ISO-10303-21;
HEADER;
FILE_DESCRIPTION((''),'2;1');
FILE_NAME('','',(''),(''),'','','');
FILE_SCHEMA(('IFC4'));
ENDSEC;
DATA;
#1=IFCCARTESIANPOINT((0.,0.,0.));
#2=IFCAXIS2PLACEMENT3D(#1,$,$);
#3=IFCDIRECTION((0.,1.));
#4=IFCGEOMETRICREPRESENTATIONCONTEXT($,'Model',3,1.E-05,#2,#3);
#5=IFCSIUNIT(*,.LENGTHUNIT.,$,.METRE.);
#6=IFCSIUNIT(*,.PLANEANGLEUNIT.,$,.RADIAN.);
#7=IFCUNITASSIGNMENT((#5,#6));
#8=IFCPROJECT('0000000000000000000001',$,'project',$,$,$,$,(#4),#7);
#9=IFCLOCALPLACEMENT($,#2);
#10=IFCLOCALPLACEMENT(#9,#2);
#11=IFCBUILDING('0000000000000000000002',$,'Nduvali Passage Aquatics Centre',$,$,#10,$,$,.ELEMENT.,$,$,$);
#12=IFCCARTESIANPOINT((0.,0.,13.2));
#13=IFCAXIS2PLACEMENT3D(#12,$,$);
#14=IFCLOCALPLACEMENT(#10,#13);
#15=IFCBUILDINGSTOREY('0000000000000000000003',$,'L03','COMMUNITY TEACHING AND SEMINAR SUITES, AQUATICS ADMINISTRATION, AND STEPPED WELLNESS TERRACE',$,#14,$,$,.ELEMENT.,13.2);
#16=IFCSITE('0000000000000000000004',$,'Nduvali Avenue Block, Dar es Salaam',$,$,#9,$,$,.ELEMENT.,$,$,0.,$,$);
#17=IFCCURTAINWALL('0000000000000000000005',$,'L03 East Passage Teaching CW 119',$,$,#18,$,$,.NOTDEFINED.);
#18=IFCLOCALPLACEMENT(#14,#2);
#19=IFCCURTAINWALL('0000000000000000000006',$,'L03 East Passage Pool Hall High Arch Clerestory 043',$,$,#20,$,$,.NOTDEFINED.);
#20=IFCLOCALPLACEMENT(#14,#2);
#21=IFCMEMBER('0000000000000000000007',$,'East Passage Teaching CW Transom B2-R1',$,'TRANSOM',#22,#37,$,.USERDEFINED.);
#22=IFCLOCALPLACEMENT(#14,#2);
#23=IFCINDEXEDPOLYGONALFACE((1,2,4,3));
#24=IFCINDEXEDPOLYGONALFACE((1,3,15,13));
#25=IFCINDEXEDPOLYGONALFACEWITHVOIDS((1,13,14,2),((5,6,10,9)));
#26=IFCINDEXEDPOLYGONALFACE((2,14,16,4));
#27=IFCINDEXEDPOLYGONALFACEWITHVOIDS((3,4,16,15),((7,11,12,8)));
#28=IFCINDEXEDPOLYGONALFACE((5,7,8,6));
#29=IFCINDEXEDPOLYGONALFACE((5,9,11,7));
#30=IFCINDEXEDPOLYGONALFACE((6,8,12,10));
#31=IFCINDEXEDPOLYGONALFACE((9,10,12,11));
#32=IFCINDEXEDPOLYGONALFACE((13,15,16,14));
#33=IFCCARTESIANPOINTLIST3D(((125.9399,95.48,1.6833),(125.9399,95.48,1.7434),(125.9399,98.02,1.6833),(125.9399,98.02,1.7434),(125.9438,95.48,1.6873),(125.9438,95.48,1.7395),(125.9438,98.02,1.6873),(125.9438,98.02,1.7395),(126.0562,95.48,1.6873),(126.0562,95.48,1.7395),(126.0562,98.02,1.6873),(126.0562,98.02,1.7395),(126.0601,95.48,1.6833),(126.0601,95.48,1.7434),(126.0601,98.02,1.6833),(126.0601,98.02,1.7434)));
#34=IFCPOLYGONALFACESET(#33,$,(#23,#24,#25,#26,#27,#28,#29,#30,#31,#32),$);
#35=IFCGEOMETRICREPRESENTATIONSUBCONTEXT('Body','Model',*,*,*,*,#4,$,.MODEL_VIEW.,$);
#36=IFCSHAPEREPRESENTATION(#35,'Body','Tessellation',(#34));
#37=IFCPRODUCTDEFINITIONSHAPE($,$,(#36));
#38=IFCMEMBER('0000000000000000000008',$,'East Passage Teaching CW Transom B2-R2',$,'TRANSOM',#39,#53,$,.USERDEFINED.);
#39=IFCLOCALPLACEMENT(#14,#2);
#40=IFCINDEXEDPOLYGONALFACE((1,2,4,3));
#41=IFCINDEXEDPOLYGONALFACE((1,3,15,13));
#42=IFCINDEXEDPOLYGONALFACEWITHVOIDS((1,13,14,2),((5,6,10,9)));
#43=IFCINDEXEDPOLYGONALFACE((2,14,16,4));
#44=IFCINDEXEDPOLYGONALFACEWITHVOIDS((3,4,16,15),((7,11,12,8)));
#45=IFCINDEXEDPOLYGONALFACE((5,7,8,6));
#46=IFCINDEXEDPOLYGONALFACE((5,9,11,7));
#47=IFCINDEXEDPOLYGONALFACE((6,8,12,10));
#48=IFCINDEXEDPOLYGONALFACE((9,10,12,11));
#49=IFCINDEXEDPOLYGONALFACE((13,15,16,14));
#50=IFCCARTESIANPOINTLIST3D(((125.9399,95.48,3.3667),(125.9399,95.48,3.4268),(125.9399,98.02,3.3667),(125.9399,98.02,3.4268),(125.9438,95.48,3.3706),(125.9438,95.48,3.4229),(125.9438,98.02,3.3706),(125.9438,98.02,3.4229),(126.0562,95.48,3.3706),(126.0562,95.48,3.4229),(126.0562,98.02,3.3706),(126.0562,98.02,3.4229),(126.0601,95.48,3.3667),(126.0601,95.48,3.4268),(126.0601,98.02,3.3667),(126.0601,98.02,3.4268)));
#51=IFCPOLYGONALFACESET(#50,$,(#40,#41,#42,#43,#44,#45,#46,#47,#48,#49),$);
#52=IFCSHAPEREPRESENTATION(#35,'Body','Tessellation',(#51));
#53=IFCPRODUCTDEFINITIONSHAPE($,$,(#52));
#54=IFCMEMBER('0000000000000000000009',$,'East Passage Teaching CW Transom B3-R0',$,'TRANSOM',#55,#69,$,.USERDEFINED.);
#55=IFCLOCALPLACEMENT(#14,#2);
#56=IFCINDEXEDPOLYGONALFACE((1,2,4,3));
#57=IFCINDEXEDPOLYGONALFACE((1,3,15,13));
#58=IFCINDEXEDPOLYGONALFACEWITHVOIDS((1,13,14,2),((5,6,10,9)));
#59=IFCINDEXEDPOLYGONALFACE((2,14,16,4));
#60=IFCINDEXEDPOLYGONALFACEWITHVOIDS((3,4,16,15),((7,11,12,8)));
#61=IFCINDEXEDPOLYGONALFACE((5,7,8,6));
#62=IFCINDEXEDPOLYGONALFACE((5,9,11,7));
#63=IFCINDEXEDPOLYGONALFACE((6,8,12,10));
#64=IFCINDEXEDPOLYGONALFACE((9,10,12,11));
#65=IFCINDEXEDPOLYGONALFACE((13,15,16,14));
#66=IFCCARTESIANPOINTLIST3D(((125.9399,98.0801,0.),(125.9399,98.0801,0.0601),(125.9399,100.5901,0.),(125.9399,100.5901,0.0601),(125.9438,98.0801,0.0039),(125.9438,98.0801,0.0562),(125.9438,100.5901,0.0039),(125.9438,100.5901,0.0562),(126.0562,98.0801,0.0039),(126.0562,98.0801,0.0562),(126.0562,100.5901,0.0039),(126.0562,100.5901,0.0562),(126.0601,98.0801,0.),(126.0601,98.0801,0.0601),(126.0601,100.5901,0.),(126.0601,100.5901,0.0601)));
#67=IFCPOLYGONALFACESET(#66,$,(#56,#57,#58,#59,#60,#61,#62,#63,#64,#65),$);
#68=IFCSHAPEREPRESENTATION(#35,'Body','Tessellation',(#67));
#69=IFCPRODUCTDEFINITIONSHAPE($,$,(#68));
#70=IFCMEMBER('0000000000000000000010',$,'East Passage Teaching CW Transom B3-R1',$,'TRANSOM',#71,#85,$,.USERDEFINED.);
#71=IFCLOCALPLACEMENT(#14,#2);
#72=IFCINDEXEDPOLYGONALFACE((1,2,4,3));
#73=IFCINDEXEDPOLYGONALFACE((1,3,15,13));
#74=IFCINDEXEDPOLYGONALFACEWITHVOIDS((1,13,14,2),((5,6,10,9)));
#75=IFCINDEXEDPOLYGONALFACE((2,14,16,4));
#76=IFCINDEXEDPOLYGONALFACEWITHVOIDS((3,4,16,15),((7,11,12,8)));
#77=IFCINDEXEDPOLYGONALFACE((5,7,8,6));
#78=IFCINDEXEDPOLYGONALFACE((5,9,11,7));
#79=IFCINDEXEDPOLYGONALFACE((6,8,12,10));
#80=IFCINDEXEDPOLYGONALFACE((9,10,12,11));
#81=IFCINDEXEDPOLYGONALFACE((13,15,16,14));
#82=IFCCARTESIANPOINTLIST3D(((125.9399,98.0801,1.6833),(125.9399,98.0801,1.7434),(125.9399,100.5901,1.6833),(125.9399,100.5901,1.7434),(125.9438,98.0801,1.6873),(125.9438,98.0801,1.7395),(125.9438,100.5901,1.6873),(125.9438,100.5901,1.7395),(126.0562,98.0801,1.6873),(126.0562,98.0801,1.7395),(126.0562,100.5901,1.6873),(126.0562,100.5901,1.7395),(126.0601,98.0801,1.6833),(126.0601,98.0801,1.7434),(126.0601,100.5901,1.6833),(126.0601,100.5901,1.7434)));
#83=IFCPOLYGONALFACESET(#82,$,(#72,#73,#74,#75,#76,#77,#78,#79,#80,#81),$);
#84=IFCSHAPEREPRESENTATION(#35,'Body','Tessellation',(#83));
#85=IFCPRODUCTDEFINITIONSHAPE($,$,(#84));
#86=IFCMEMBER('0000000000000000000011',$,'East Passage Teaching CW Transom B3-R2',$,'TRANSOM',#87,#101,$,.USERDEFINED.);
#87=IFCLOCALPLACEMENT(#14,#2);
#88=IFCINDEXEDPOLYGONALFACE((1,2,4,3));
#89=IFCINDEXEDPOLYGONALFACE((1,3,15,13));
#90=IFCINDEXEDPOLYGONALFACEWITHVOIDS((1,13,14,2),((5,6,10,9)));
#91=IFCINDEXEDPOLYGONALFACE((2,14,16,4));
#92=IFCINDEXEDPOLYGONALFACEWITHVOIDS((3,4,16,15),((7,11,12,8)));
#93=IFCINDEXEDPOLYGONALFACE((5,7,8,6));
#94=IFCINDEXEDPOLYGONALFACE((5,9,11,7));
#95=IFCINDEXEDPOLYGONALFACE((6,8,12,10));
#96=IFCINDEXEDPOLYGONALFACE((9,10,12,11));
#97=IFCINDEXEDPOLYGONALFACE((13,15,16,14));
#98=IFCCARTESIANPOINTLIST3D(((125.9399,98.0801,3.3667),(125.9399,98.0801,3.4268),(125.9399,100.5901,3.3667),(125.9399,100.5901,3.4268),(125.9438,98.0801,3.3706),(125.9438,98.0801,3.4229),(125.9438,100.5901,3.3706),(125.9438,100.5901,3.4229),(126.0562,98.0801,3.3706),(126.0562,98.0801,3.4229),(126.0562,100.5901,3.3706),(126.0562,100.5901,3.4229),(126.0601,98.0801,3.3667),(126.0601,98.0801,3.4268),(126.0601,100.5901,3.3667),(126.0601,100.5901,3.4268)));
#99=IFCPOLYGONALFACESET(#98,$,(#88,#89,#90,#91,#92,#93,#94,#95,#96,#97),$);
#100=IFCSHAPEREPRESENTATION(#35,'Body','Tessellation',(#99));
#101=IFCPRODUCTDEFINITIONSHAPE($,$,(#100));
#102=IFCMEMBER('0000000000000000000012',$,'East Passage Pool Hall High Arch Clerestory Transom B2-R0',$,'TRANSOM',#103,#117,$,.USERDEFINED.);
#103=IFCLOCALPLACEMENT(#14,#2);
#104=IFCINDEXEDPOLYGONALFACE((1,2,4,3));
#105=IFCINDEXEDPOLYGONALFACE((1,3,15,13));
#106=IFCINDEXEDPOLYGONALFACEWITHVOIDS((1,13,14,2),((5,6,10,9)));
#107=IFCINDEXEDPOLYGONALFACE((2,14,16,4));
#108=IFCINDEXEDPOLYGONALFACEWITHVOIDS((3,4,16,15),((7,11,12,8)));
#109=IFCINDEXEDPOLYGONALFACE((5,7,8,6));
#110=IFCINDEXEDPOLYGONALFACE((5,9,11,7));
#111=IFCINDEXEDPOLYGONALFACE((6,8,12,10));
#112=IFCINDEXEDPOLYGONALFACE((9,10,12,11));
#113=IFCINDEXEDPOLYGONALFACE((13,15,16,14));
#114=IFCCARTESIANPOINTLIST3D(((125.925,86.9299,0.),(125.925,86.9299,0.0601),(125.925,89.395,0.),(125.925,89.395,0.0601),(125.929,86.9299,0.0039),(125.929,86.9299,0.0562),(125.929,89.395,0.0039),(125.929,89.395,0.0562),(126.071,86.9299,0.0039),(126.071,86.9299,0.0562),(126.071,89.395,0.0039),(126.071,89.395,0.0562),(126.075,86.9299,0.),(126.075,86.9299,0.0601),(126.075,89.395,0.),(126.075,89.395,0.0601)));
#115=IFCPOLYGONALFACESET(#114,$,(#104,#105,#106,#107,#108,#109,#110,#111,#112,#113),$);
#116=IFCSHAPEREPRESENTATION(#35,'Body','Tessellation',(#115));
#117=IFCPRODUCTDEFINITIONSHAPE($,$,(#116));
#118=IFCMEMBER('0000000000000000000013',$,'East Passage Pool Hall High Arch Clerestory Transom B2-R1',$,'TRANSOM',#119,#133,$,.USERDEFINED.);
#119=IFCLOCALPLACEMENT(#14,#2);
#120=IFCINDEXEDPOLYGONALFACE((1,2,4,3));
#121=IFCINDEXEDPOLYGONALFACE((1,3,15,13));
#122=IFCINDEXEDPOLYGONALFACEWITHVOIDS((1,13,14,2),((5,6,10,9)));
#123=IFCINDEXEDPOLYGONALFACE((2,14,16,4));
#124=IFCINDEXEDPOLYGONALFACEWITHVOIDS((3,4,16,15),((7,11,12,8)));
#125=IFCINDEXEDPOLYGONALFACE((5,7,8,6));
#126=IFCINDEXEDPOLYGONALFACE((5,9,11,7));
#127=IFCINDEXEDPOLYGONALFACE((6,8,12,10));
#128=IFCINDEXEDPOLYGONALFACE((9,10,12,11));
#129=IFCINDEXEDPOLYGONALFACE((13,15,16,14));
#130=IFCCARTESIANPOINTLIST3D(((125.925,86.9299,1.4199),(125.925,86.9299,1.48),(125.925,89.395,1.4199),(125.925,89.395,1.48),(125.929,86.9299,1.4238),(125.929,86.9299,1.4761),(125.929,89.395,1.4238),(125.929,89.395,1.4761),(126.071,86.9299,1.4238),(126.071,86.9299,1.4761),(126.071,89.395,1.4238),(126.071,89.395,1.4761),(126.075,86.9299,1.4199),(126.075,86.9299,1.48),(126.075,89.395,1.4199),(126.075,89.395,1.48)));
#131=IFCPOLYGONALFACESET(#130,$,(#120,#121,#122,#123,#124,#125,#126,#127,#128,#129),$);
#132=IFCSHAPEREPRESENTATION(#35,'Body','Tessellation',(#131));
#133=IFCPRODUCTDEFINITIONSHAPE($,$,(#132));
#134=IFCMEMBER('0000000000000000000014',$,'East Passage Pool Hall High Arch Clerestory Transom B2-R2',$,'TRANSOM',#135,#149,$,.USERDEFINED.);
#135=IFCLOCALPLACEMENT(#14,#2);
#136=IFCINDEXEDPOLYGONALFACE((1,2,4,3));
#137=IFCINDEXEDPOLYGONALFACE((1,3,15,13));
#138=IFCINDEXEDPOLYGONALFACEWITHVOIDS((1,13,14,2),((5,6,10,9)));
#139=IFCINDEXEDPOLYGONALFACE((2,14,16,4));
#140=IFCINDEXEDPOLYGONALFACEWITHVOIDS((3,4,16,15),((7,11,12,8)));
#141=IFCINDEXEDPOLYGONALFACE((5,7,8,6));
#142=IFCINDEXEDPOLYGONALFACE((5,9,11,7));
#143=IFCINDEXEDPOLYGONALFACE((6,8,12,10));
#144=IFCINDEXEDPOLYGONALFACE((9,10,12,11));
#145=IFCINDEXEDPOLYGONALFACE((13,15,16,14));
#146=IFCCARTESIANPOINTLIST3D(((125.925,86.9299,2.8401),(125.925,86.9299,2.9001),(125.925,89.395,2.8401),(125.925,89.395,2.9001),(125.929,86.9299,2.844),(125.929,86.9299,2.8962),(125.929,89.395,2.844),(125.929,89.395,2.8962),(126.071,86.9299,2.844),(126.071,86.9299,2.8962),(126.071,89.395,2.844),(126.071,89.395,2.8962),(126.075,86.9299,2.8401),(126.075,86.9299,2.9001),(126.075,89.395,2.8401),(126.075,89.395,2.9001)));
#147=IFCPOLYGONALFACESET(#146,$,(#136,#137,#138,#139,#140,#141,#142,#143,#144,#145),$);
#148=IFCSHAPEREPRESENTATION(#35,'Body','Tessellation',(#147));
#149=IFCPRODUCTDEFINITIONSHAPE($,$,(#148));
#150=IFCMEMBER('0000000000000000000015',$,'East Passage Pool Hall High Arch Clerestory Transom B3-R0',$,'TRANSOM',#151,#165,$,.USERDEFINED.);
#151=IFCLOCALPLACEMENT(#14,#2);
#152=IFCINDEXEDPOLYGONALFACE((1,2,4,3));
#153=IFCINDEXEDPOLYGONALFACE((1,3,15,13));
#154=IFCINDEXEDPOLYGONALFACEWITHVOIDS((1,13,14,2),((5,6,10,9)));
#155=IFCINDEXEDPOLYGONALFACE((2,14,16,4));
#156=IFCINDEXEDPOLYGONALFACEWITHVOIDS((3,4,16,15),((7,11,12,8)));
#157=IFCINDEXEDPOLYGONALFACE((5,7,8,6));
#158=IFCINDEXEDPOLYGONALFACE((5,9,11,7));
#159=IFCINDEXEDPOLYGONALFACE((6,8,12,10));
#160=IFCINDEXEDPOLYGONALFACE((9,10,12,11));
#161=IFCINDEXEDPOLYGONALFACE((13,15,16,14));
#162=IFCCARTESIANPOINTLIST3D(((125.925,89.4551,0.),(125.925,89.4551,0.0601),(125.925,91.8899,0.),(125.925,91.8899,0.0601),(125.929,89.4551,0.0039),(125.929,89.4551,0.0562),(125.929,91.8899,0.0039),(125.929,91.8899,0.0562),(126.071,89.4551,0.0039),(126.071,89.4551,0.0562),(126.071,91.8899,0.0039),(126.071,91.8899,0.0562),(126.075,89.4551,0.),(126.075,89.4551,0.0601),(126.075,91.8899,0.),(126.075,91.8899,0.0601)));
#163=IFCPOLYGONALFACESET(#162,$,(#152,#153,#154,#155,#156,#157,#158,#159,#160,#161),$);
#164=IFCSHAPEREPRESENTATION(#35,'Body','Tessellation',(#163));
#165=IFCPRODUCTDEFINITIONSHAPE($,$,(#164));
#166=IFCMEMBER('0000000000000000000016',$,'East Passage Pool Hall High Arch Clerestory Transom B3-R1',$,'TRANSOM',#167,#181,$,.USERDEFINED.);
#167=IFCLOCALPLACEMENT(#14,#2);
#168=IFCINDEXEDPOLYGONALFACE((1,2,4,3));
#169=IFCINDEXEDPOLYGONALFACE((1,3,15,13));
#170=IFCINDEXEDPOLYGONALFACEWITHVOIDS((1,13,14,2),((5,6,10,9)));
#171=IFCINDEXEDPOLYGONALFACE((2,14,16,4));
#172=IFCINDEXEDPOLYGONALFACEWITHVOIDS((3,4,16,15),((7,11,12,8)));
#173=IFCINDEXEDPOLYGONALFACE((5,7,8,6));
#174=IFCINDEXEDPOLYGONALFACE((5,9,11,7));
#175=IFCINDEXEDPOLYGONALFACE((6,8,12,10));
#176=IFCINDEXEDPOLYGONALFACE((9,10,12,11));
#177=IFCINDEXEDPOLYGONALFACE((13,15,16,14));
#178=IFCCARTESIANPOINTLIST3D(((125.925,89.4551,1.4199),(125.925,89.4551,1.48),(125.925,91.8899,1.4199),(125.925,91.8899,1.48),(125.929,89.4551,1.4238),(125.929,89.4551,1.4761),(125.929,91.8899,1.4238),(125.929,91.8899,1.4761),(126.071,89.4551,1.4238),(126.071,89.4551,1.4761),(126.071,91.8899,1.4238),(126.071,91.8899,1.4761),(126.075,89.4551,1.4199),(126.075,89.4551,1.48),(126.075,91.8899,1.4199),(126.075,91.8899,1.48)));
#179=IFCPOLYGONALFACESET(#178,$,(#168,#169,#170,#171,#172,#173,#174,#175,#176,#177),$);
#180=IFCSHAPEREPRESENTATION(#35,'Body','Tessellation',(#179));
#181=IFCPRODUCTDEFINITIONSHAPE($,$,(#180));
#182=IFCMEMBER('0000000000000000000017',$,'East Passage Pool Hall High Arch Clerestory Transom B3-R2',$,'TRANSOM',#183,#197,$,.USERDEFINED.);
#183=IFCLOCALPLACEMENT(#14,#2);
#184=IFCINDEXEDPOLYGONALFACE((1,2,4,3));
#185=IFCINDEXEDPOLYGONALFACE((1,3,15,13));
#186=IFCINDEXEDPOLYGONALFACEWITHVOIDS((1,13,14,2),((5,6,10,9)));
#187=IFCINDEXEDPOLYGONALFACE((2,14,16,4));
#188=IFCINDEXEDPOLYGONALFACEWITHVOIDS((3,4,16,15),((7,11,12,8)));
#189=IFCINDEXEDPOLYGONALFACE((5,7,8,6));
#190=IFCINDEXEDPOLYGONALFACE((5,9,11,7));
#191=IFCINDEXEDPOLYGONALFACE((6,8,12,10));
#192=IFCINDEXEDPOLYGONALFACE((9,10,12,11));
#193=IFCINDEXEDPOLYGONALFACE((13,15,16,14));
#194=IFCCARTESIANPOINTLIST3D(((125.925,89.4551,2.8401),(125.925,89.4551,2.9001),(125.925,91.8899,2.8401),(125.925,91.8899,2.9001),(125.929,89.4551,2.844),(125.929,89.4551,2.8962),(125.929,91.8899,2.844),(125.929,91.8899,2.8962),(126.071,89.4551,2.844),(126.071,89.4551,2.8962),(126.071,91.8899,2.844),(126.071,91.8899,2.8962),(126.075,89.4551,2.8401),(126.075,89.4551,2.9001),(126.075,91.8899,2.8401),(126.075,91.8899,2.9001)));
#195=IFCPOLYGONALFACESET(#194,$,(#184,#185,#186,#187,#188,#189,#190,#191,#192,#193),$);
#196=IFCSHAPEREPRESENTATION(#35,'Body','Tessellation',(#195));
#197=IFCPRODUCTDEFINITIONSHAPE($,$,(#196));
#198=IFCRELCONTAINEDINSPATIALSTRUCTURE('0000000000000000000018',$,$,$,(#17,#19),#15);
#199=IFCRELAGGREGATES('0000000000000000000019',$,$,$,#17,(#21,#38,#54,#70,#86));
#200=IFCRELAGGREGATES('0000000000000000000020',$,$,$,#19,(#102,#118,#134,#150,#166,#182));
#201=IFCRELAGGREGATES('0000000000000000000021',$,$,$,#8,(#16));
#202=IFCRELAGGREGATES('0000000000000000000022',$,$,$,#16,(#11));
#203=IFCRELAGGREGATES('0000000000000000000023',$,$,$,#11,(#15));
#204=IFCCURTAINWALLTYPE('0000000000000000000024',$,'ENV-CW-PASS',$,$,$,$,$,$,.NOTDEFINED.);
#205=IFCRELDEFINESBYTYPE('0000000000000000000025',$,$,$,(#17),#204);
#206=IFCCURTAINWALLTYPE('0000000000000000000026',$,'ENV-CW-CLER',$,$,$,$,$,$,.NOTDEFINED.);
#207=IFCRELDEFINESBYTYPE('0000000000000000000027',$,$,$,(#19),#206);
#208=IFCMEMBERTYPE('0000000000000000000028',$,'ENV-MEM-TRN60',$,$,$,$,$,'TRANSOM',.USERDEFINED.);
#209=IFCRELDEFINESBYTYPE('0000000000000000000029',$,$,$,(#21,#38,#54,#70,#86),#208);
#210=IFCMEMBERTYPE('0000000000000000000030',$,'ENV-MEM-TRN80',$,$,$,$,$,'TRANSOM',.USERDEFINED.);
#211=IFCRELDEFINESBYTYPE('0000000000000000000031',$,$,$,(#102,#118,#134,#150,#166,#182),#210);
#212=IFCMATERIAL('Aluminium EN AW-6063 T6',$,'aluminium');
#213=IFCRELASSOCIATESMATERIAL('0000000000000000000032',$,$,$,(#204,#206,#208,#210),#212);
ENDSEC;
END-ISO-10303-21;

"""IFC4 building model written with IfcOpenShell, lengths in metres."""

from ifc_helpers import new_model, si_unit, direction, frame, origin, origin_2d, place, context, subcontext, project, spatial, hollow_rectangle, extrude, material, material_profile, profile_set, type_object, element, aggregate, save


model = new_model("IFC4")

# Units and contexts
model_context = context("Model", 3, precision=1e-05, world=origin(), true_north=direction((0.0, 1.0)))
body_context = subcontext(model_context, "Body", "Model", "MODEL_VIEW")
ifc_project = project(units=[si_unit("LENGTHUNIT", "METRE"), si_unit("PLANEANGLEUNIT", "RADIAN")], contexts=[model_context])

# Site, building, storey
site_placement = place(None, origin())
site = spatial("IfcSite", under=ifc_project, at=site_placement, Name="Nduvali Avenue Block, Dar es Salaam", CompositionType="ELEMENT", RefElevation=0.0)
building_placement = place(site_placement, origin())
building = spatial("IfcBuilding", under=site, at=building_placement, Name="Nduvali Passage Aquatics Centre", CompositionType="ELEMENT")
storey_placement = place(building_placement, frame((0.0, 0.0, 13.2)))
storey = spatial("IfcBuildingStorey", under=building, at=storey_placement, Name="L03", Description="COMMUNITY TEACHING AND SEMINAR SUITES, AQUATICS ADMINISTRATION, AND STEPPED WELLNESS TERRACE", CompositionType="ELEMENT", Elevation=13.2)

# Curtain walls
ifc_material_1 = material(Name="Aluminium EN AW-6063 T6", Category="aluminium")
curtain_wall_type_1 = type_object("IfcCurtainWallType", Name="ENV-CW-PASS", PredefinedType="NOTDEFINED", material=ifc_material_1)
curtain_wall_1_placement = place(storey_placement, origin())
curtain_wall_1 = element("IfcCurtainWall", 1, at=curtain_wall_1_placement, inside=storey, type_object=curtain_wall_type_1, Name="L03 East Passage Teaching CW 119", PredefinedType="NOTDEFINED")
curtain_wall_type_2 = type_object("IfcCurtainWallType", Name="ENV-CW-CLER", PredefinedType="NOTDEFINED", material=ifc_material_1)
curtain_wall_2_placement = place(storey_placement, origin())
curtain_wall_2 = element("IfcCurtainWall", 2, at=curtain_wall_2_placement, inside=storey, type_object=curtain_wall_type_2, Name="L03 East Passage Pool Hall High Arch Clerestory 043", PredefinedType="NOTDEFINED")

# Members
ifc_material_profile_1 = material_profile(ifc_material_1, hollow_rectangle(XDim=0.1201, YDim=0.0601, WallThickness=0.0039, at=origin_2d()), Name="ALU TRANSOM 120x60x4")
ifc_profile_set_1 = profile_set([ifc_material_profile_1], Name="Aluminium EN AW-6063 T6")
member_type_1 = type_object("IfcMemberType", Name="ENV-MEM-TRN60", ElementType="TRANSOM", PredefinedType="USERDEFINED", material=ifc_profile_set_1)
member_1_placement = place(storey_placement, frame((126.0, 95.48, 1.7134), z_axis=(0.0, 1.0, 0.0), x_axis=(-1.0, 0.0, 0.0)))
member_1 = element("IfcMember", 3, at=member_1_placement, type_object=member_type_1, Name="East Passage Teaching CW Transom B2-R1", ObjectType="TRANSOM", PredefinedType="USERDEFINED", context=body_context, shape_type="SweptSolid", body=[
    extrude(hollow_rectangle(XDim=0.1201, YDim=0.0601, WallThickness=0.0039, at=origin_2d()), origin(), (0.0, 0.0, 1.0), 2.54),
])
member_2_placement = place(storey_placement, frame((126.0, 95.48, 3.3967), z_axis=(0.0, 1.0, 0.0), x_axis=(-1.0, 0.0, 0.0)))
member_2 = element("IfcMember", 4, at=member_2_placement, type_object=member_type_1, Name="East Passage Teaching CW Transom B2-R2", ObjectType="TRANSOM", PredefinedType="USERDEFINED", context=body_context, shape_type="SweptSolid", body=[
    extrude(hollow_rectangle(XDim=0.1201, YDim=0.0601, WallThickness=0.0039, at=origin_2d()), origin(), (0.0, 0.0, 1.0), 2.54),
])
member_3_placement = place(storey_placement, frame((126.0, 98.0801, 0.03), z_axis=(0.0, 1.0, 0.0), x_axis=(-1.0, 0.0, 0.0)))
member_3 = element("IfcMember", 5, at=member_3_placement, type_object=member_type_1, Name="East Passage Teaching CW Transom B3-R0", ObjectType="TRANSOM", PredefinedType="USERDEFINED", context=body_context, shape_type="SweptSolid", body=[
    extrude(hollow_rectangle(XDim=0.1201, YDim=0.0601, WallThickness=0.0039, at=origin_2d()), origin(), (0.0, 0.0, 1.0), 2.51),
])
member_4_placement = place(storey_placement, frame((126.0, 98.0801, 1.7134), z_axis=(0.0, 1.0, 0.0), x_axis=(-1.0, 0.0, 0.0)))
member_4 = element("IfcMember", 6, at=member_4_placement, type_object=member_type_1, Name="East Passage Teaching CW Transom B3-R1", ObjectType="TRANSOM", PredefinedType="USERDEFINED", context=body_context, shape_type="SweptSolid", body=[
    extrude(hollow_rectangle(XDim=0.1201, YDim=0.0601, WallThickness=0.0039, at=origin_2d()), origin(), (0.0, 0.0, 1.0), 2.51),
])
member_5_placement = place(storey_placement, frame((126.0, 98.0801, 3.3967), z_axis=(0.0, 1.0, 0.0), x_axis=(-1.0, 0.0, 0.0)))
member_5 = element("IfcMember", 7, at=member_5_placement, type_object=member_type_1, Name="East Passage Teaching CW Transom B3-R2", ObjectType="TRANSOM", PredefinedType="USERDEFINED", context=body_context, shape_type="SweptSolid", body=[
    extrude(hollow_rectangle(XDim=0.1201, YDim=0.0601, WallThickness=0.0039, at=origin_2d()), origin(), (0.0, 0.0, 1.0), 2.51),
])
ifc_material_profile_2 = material_profile(ifc_material_1, hollow_rectangle(XDim=0.1499, YDim=0.0601, WallThickness=0.0039, at=origin_2d()), Name="ALU TRANSOM 150x60x4")
ifc_profile_set_2 = profile_set([ifc_material_profile_2], Name="Aluminium EN AW-6063 T6")
member_type_2 = type_object("IfcMemberType", Name="ENV-MEM-TRN80", ElementType="TRANSOM", PredefinedType="USERDEFINED", material=ifc_profile_set_2)
member_6_placement = place(storey_placement, frame((126.0, 86.9299, 0.03), z_axis=(0.0, 1.0, 0.0), x_axis=(-1.0, 0.0, 0.0)))
member_6 = element("IfcMember", 8, at=member_6_placement, type_object=member_type_2, Name="East Passage Pool Hall High Arch Clerestory Transom B2-R0", ObjectType="TRANSOM", PredefinedType="USERDEFINED", context=body_context, shape_type="SweptSolid", body=[
    extrude(hollow_rectangle(XDim=0.1499, YDim=0.0601, WallThickness=0.0039, at=origin_2d()), origin(), (0.0, 0.0, 1.0), 2.4651),
])
member_7_placement = place(storey_placement, frame((126.0, 86.9299, 1.45), z_axis=(0.0, 1.0, 0.0), x_axis=(-1.0, 0.0, 0.0)))
member_7 = element("IfcMember", 9, at=member_7_placement, type_object=member_type_2, Name="East Passage Pool Hall High Arch Clerestory Transom B2-R1", ObjectType="TRANSOM", PredefinedType="USERDEFINED", context=body_context, shape_type="SweptSolid", body=[
    extrude(hollow_rectangle(XDim=0.1499, YDim=0.0601, WallThickness=0.0039, at=origin_2d()), origin(), (0.0, 0.0, 1.0), 2.4651),
])
member_8_placement = place(storey_placement, frame((126.0, 86.9299, 2.8701), z_axis=(0.0, 1.0, 0.0), x_axis=(-1.0, 0.0, 0.0)))
member_8 = element("IfcMember", 10, at=member_8_placement, type_object=member_type_2, Name="East Passage Pool Hall High Arch Clerestory Transom B2-R2", ObjectType="TRANSOM", PredefinedType="USERDEFINED", context=body_context, shape_type="SweptSolid", body=[
    extrude(hollow_rectangle(XDim=0.1499, YDim=0.0601, WallThickness=0.0039, at=origin_2d()), origin(), (0.0, 0.0, 1.0), 2.4651),
])
member_9_placement = place(storey_placement, frame((126.0, 89.4551, 0.03), z_axis=(0.0, 1.0, 0.0), x_axis=(-1.0, 0.0, 0.0)))
member_9 = element("IfcMember", 11, at=member_9_placement, type_object=member_type_2, Name="East Passage Pool Hall High Arch Clerestory Transom B3-R0", ObjectType="TRANSOM", PredefinedType="USERDEFINED", context=body_context, shape_type="SweptSolid", body=[
    extrude(hollow_rectangle(XDim=0.1499, YDim=0.0601, WallThickness=0.0039, at=origin_2d()), origin(), (0.0, 0.0, 1.0), 2.4348),
])
member_10_placement = place(storey_placement, frame((126.0, 89.4551, 1.45), z_axis=(0.0, 1.0, 0.0), x_axis=(-1.0, 0.0, 0.0)))
member_10 = element("IfcMember", 12, at=member_10_placement, type_object=member_type_2, Name="East Passage Pool Hall High Arch Clerestory Transom B3-R1", ObjectType="TRANSOM", PredefinedType="USERDEFINED", context=body_context, shape_type="SweptSolid", body=[
    extrude(hollow_rectangle(XDim=0.1499, YDim=0.0601, WallThickness=0.0039, at=origin_2d()), origin(), (0.0, 0.0, 1.0), 2.4348),
])
member_11_placement = place(storey_placement, frame((126.0, 89.4551, 2.8701), z_axis=(0.0, 1.0, 0.0), x_axis=(-1.0, 0.0, 0.0)))
member_11 = element("IfcMember", 13, at=member_11_placement, type_object=member_type_2, Name="East Passage Pool Hall High Arch Clerestory Transom B3-R2", ObjectType="TRANSOM", PredefinedType="USERDEFINED", context=body_context, shape_type="SweptSolid", body=[
    extrude(hollow_rectangle(XDim=0.1499, YDim=0.0601, WallThickness=0.0039, at=origin_2d()), origin(), (0.0, 0.0, 1.0), 2.4348),
])

aggregate(curtain_wall_1, [member_1, member_2, member_3, member_4, member_5])
aggregate(curtain_wall_2, [member_6, member_7, member_8, member_9, member_10, member_11])

save(model, "model.ifc")
